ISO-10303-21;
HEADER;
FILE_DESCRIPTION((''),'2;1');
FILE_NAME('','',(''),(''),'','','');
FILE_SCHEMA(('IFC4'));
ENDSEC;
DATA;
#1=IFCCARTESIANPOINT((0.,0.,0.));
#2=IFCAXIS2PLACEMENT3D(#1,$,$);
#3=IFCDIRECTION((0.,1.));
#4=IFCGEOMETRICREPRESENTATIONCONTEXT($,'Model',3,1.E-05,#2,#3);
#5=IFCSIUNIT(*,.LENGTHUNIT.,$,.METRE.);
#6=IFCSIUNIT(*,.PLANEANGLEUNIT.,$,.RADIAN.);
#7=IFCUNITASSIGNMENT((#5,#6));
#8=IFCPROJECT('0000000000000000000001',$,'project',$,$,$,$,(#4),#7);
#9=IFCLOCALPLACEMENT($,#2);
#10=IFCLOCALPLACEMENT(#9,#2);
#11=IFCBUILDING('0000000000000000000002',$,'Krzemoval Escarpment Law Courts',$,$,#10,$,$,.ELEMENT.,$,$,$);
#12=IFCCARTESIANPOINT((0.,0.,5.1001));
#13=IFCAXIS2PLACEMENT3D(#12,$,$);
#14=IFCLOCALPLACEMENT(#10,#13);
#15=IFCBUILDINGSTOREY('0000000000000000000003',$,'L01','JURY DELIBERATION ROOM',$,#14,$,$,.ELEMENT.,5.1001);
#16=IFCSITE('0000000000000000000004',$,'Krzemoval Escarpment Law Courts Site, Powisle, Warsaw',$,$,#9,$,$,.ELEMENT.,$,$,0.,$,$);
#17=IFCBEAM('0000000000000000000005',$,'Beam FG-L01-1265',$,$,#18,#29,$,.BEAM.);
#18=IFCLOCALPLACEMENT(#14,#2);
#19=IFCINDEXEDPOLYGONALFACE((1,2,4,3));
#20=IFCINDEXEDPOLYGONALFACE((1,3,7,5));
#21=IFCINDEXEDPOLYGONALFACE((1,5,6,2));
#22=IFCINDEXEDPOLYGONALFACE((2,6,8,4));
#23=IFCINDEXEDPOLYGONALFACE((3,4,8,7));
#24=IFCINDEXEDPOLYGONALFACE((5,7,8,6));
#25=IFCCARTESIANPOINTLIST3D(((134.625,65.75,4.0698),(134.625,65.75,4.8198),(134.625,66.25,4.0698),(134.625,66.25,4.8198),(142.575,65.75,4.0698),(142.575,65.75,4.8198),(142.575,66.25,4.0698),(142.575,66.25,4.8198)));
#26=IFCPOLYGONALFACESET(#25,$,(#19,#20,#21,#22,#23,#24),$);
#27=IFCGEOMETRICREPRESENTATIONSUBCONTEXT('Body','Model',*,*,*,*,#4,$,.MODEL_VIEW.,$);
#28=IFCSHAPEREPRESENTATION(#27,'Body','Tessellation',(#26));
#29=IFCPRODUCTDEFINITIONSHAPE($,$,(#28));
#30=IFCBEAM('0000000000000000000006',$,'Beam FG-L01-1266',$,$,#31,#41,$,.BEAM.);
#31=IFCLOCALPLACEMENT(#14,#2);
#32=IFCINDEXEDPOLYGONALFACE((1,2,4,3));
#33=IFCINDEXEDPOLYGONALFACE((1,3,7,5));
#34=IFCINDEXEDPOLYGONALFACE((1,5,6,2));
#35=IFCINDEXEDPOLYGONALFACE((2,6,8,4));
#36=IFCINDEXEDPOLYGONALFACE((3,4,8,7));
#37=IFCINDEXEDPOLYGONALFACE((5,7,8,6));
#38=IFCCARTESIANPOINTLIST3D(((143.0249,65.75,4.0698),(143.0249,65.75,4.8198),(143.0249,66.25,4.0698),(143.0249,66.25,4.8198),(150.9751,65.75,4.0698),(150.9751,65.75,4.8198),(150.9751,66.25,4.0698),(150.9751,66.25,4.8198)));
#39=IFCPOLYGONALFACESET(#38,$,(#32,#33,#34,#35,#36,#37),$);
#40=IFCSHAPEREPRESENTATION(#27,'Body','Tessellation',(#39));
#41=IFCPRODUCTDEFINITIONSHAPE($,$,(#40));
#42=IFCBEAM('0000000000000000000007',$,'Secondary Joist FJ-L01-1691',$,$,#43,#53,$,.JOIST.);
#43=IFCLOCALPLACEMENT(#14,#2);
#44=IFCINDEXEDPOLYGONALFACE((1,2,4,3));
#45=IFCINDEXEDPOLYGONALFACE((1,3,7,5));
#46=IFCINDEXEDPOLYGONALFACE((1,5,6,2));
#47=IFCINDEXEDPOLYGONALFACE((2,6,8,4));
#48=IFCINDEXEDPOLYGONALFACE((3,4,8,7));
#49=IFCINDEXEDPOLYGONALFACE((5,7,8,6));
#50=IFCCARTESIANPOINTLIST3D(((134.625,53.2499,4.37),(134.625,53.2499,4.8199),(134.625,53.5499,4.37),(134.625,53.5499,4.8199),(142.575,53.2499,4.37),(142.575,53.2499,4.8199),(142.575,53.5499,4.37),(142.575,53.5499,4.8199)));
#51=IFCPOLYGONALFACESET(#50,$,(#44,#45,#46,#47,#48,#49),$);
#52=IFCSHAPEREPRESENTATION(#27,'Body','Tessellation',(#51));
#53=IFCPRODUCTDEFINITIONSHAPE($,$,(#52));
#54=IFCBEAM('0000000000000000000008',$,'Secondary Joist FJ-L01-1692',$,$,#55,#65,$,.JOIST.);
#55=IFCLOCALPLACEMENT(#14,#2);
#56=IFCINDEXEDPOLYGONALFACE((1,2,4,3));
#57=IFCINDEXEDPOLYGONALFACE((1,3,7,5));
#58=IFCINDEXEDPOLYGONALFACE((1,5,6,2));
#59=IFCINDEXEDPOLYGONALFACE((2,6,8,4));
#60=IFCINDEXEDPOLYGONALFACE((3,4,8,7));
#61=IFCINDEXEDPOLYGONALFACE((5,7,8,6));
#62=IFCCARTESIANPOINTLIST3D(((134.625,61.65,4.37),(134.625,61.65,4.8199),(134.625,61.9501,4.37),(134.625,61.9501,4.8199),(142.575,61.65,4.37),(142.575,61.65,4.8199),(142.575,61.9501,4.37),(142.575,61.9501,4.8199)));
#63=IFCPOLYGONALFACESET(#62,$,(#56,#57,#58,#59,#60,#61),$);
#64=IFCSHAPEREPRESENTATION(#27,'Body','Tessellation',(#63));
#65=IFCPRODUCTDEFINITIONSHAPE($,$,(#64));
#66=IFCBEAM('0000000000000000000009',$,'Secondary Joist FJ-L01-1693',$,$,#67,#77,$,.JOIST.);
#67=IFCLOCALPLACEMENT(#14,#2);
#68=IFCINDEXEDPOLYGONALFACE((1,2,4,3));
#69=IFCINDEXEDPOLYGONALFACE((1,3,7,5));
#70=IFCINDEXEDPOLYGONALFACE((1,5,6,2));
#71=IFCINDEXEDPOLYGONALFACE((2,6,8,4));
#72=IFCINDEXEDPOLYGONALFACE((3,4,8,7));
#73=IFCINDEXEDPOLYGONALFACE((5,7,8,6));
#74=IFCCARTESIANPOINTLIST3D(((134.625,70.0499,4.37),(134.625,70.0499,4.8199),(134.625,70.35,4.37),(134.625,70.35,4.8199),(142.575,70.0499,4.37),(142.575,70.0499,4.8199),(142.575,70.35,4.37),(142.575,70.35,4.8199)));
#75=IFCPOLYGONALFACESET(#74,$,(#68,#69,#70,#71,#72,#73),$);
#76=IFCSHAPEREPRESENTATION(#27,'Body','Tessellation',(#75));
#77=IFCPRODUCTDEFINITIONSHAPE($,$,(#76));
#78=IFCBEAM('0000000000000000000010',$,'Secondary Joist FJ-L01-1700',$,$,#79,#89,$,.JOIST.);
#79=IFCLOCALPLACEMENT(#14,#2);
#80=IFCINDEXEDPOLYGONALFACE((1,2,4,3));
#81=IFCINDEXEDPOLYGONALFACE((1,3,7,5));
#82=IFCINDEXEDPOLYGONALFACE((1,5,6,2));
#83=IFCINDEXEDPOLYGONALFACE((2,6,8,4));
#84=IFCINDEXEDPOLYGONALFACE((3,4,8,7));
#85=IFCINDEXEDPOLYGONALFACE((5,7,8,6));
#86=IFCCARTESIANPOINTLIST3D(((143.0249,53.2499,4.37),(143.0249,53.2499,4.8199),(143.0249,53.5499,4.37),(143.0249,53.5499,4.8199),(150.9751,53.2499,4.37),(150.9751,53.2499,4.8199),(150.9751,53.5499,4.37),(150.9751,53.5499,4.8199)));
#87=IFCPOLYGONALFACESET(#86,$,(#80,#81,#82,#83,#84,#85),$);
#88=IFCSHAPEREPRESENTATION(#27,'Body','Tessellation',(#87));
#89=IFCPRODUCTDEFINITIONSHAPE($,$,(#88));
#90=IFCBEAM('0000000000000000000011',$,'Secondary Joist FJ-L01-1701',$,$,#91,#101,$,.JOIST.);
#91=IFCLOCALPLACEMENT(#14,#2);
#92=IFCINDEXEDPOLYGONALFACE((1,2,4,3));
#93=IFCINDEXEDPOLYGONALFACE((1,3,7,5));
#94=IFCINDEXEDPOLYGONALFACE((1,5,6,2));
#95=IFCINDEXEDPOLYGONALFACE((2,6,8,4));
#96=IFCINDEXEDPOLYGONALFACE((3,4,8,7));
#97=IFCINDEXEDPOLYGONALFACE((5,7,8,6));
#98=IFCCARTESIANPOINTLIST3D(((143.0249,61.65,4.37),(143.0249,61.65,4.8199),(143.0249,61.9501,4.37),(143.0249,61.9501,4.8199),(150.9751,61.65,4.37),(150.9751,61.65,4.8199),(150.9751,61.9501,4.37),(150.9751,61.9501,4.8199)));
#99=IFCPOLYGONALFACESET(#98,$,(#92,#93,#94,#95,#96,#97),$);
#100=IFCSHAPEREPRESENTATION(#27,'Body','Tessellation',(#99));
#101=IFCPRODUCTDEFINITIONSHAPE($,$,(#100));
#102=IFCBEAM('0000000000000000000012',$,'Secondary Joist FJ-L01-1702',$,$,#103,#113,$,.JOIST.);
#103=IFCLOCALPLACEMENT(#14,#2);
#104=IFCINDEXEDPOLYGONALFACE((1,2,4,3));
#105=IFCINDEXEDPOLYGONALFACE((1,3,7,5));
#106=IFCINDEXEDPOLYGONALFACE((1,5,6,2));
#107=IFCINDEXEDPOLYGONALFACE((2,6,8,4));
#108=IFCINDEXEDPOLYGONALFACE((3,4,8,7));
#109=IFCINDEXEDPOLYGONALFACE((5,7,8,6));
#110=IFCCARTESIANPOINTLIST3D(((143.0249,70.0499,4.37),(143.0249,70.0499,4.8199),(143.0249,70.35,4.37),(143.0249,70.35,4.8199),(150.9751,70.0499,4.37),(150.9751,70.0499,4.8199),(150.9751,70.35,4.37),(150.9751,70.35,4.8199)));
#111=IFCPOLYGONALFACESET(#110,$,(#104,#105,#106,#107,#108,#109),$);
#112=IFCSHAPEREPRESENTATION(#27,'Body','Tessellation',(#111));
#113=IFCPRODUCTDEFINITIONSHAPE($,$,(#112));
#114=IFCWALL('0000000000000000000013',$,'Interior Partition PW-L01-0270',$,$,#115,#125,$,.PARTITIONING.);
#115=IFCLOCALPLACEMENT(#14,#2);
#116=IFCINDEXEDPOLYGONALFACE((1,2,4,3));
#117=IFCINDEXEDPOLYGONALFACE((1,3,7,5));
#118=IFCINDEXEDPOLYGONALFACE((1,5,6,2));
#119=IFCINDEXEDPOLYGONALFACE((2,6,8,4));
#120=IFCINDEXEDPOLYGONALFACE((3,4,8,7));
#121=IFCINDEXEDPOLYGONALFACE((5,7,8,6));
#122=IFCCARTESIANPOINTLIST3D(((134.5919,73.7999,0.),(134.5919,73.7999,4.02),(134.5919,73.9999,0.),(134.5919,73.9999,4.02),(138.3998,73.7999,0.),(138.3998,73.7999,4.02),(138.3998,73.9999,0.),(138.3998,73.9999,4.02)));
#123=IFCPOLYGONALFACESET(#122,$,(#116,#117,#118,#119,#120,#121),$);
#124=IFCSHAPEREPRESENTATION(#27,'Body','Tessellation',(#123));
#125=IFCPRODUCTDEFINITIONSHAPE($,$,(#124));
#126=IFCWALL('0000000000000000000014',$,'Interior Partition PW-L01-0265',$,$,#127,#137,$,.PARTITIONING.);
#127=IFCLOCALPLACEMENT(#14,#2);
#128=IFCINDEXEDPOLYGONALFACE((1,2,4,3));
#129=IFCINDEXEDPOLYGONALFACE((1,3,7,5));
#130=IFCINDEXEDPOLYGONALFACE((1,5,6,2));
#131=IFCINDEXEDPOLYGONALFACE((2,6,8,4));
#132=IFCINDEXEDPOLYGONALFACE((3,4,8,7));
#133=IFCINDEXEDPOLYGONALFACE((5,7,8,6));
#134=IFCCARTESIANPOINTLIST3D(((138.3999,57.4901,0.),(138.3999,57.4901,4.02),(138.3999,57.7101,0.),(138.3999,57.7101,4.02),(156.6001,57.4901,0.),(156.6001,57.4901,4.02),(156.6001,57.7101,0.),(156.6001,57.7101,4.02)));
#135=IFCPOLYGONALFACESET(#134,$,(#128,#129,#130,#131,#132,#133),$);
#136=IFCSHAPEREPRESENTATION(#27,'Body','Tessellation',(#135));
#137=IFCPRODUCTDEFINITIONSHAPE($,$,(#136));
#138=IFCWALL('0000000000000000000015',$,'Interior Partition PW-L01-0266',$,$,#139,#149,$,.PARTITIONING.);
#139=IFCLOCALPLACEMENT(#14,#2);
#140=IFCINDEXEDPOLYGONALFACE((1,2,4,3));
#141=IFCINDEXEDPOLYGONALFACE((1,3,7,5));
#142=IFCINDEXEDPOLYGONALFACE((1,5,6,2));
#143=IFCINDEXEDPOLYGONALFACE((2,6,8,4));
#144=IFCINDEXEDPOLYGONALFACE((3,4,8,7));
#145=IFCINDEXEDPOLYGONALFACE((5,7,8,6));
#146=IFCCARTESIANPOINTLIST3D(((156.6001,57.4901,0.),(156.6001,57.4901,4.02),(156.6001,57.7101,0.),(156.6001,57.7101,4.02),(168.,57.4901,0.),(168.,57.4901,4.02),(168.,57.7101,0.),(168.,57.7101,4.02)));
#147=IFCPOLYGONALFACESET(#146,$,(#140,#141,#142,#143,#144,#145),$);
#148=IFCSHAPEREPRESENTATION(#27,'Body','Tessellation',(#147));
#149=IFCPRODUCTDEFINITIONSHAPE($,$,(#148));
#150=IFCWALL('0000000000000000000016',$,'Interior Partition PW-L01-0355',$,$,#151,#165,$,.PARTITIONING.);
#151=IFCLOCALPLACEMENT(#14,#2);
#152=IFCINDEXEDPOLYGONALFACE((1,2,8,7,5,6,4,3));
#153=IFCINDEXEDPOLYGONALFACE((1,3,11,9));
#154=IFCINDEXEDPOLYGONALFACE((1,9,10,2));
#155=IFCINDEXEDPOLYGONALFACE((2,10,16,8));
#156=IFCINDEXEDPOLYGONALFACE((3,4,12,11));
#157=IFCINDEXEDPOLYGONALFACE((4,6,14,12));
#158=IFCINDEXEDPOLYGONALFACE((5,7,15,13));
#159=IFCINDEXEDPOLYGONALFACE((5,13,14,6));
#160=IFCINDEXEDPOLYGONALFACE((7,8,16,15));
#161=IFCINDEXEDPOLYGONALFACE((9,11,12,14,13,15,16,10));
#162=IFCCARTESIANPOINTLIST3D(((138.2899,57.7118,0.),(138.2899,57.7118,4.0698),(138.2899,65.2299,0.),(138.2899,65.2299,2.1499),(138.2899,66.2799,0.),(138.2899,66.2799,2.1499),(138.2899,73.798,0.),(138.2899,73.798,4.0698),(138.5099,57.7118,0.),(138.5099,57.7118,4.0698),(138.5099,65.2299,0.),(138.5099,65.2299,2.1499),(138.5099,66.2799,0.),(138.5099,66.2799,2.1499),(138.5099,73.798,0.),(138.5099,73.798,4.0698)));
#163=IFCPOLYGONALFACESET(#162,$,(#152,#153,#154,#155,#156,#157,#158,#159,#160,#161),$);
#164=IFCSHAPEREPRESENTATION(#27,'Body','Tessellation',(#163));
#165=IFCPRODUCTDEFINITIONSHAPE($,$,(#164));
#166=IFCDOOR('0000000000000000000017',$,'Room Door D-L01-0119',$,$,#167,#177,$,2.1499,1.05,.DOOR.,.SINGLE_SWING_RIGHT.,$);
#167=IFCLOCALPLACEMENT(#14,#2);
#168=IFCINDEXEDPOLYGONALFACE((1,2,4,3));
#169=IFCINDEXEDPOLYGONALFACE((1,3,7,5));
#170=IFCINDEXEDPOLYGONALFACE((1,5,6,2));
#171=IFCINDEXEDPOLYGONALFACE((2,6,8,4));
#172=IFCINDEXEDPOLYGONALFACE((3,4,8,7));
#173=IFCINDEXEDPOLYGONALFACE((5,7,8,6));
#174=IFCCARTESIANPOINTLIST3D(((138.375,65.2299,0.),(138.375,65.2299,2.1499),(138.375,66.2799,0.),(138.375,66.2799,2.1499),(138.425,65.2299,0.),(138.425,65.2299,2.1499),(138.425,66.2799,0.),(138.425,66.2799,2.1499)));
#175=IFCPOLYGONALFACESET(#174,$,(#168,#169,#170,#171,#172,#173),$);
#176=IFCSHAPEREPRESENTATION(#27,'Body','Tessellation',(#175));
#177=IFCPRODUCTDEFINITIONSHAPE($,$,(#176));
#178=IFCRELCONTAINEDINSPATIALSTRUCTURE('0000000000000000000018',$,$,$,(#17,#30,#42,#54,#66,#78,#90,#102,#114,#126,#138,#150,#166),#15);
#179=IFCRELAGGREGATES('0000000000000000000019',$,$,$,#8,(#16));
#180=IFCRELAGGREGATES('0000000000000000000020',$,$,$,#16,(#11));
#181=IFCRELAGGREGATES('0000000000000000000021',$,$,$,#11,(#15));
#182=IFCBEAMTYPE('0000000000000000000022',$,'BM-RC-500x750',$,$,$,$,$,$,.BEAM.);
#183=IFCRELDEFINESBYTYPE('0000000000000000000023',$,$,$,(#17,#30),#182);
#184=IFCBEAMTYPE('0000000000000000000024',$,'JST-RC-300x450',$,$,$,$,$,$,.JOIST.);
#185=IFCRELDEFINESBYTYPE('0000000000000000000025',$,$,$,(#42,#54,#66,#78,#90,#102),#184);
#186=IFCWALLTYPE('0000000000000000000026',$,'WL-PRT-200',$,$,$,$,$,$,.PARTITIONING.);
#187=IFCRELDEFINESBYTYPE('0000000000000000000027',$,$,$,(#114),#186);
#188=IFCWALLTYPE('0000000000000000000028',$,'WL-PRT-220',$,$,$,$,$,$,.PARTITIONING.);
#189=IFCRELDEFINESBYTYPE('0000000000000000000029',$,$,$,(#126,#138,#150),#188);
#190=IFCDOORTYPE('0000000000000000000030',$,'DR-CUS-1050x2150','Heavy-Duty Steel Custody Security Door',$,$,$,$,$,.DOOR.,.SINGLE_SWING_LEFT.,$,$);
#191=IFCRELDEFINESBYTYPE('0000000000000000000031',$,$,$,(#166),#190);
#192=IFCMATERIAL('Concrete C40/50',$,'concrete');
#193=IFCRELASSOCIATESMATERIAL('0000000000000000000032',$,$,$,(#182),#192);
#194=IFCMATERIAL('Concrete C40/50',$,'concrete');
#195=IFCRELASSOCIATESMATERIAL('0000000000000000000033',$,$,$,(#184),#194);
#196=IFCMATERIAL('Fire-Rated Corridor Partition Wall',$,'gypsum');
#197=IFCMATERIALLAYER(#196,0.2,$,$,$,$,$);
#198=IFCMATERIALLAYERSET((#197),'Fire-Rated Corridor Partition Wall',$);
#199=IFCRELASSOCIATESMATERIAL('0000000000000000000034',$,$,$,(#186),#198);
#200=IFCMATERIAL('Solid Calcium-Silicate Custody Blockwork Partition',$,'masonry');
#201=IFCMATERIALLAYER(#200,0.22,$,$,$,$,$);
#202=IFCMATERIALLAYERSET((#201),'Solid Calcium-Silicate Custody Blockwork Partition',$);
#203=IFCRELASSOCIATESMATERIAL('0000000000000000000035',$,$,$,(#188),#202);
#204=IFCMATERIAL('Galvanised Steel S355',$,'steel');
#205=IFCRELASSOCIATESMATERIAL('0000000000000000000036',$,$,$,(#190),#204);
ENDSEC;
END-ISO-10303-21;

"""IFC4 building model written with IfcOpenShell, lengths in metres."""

from ifc_helpers import new_model, si_unit, direction, frame, frame_2d, origin, origin_2d, place, context, subcontext, project, spatial, rectangle, extrude, material, layer, layer_set, material_profile, profile_set, type_object, element, fill, save


model = new_model("IFC4")

# Units and contexts
model_context = context("Model", 3, precision=1e-05, world=origin(), true_north=direction((0.0, 1.0)))
body_context = subcontext(model_context, "Body", "Model", "MODEL_VIEW")
ifc_project = project(units=[si_unit("LENGTHUNIT", "METRE"), si_unit("PLANEANGLEUNIT", "RADIAN")], contexts=[model_context])

# Site, building, storey
site_placement = place(None, origin())
site = spatial("IfcSite", under=ifc_project, at=site_placement, Name="Krzemoval Escarpment Law Courts Site, Powisle, Warsaw", CompositionType="ELEMENT", RefElevation=0.0)
building_placement = place(site_placement, origin())
building = spatial("IfcBuilding", under=site, at=building_placement, Name="Krzemoval Escarpment Law Courts", CompositionType="ELEMENT")
storey_placement = place(building_placement, frame((0.0, 0.0, 5.1001)))
storey = spatial("IfcBuildingStorey", under=building, at=storey_placement, Name="L01", Description="JURY DELIBERATION ROOM", CompositionType="ELEMENT", Elevation=5.1001)

# Beams
ifc_material_1 = material(Name="Concrete C40/50", Category="concrete")
ifc_material_profile_1 = material_profile(ifc_material_1, rectangle(XDim=0.5, YDim=0.75, at=origin_2d()), Name="RCB 500x750")
ifc_profile_set_1 = profile_set([ifc_material_profile_1], Name="Concrete C40/50")
beam_type_1 = type_object("IfcBeamType", Name="BM-RC-500x750", PredefinedType="BEAM", material=ifc_profile_set_1)
beam_1_placement = place(storey_placement, frame((134.625, 66.0, 4.4448), z_axis=(1.0, 0.0, 0.0), x_axis=(0.0, 1.0, 0.0)))
element("IfcBeam", 1, at=beam_1_placement, inside=storey, type_object=beam_type_1, Name="Beam FG-L01-1265", PredefinedType="BEAM", context=body_context, shape_type="SweptSolid", body=[
    extrude(rectangle(XDim=0.5, YDim=0.75, at=origin_2d()), origin(), (0.0, 0.0, 1.0), 7.95),
])
beam_2_placement = place(storey_placement, frame((143.0249, 66.0, 4.4448), z_axis=(1.0, 0.0, 0.0), x_axis=(0.0, 1.0, 0.0)))
element("IfcBeam", 2, at=beam_2_placement, inside=storey, type_object=beam_type_1, Name="Beam FG-L01-1266", PredefinedType="BEAM", context=body_context, shape_type="SweptSolid", body=[
    extrude(rectangle(XDim=0.5, YDim=0.75, at=origin_2d()), origin(), (0.0, 0.0, 1.0), 7.9502),
])
ifc_material_2 = material(Name="Concrete C40/50", Category="concrete")
ifc_material_profile_2 = material_profile(ifc_material_2, rectangle(XDim=0.3, YDim=0.45, at=origin_2d()), Name="RCB 300x450")
ifc_profile_set_2 = profile_set([ifc_material_profile_2], Name="Concrete C40/50")
beam_type_2 = type_object("IfcBeamType", Name="JST-RC-300x450", PredefinedType="JOIST", material=ifc_profile_set_2)
for number, where, z_axis, x_axis, name in (
    (3, (134.625, 53.3999, 4.595), (1.0, 0.0, 0.0), (0.0, 1.0, 0.0), "Secondary Joist FJ-L01-1691"),
    (4, (134.625, 61.8, 4.595), (1.0, 0.0, 0.0), (0.0, 1.0, 0.0), "Secondary Joist FJ-L01-1692"),
    (5, (134.625, 70.2, 4.595), (1.0, 0.0, 0.0), (0.0, 1.0, 0.0), "Secondary Joist FJ-L01-1693"),
):
    element("IfcBeam", number, at=place(storey_placement, frame(where, z_axis=z_axis, x_axis=x_axis)), inside=storey, type_object=beam_type_2, Name=name, PredefinedType="JOIST", context=body_context, shape_type="SweptSolid", body=[
        extrude(rectangle(XDim=0.3, YDim=0.45, at=origin_2d()), origin(), (0.0, 0.0, 1.0), 7.95),
    ])
for number, where, z_axis, x_axis, name in (
    (6, (143.0249, 53.3999, 4.595), (1.0, 0.0, 0.0), (0.0, 1.0, 0.0), "Secondary Joist FJ-L01-1700"),
    (7, (143.0249, 61.8, 4.595), (1.0, 0.0, 0.0), (0.0, 1.0, 0.0), "Secondary Joist FJ-L01-1701"),
    (8, (143.0249, 70.2, 4.595), (1.0, 0.0, 0.0), (0.0, 1.0, 0.0), "Secondary Joist FJ-L01-1702"),
):
    element("IfcBeam", number, at=place(storey_placement, frame(where, z_axis=z_axis, x_axis=x_axis)), inside=storey, type_object=beam_type_2, Name=name, PredefinedType="JOIST", context=body_context, shape_type="SweptSolid", body=[
        extrude(rectangle(XDim=0.3, YDim=0.45, at=origin_2d()), origin(), (0.0, 0.0, 1.0), 7.9502),
    ])

# Walls
ifc_material_3 = material(Name="Fire-Rated Corridor Partition Wall", Category="gypsum")
ifc_layer_1 = layer(ifc_material_3, 0.2)
ifc_layer_set_1 = layer_set([ifc_layer_1], Name="Fire-Rated Corridor Partition Wall")
wall_type_1 = type_object("IfcWallType", Name="WL-PRT-200", PredefinedType="PARTITIONING", material=ifc_layer_set_1)
wall_1_placement = place(storey_placement, frame((134.592, 73.8999, 0.0), z_axis=(0.0, 0.0, 1.0), x_axis=(1.0, 0.0, 0.0)))
element("IfcWall", 9, at=wall_1_placement, inside=storey, type_object=wall_type_1, Name="Interior Partition PW-L01-0270", PredefinedType="PARTITIONING", context=body_context, shape_type="SweptSolid", body=[
    extrude(rectangle(XDim=3.8079, YDim=0.2, at=frame_2d((1.9038, 0.0))), origin(), (0.0, 0.0, 1.0), 4.02),
])
ifc_material_4 = material(Name="Solid Calcium-Silicate Custody Blockwork Partition", Category="masonry")
ifc_layer_2 = layer(ifc_material_4, 0.22)
ifc_layer_set_2 = layer_set([ifc_layer_2], Name="Solid Calcium-Silicate Custody Blockwork Partition")
wall_type_2 = type_object("IfcWallType", Name="WL-PRT-220", PredefinedType="PARTITIONING", material=ifc_layer_set_2)
wall_2_placement = place(storey_placement, frame((138.3999, 57.6001, 0.0), z_axis=(0.0, 0.0, 1.0), x_axis=(1.0, 0.0, 0.0)))
element("IfcWall", 10, at=wall_2_placement, inside=storey, type_object=wall_type_2, Name="Interior Partition PW-L01-0265", PredefinedType="PARTITIONING", context=body_context, shape_type="SweptSolid", body=[
    extrude(rectangle(XDim=18.2002, YDim=0.22, at=frame_2d((9.1001, 0.0))), origin(), (0.0, 0.0, 1.0), 4.02),
])
wall_3_placement = place(storey_placement, frame((156.6001, 57.6001, 0.0), z_axis=(0.0, 0.0, 1.0), x_axis=(1.0, 0.0, 0.0)))
element("IfcWall", 11, at=wall_3_placement, inside=storey, type_object=wall_type_2, Name="Interior Partition PW-L01-0266", PredefinedType="PARTITIONING", context=body_context, shape_type="SweptSolid", body=[
    extrude(rectangle(XDim=11.3999, YDim=0.22, at=frame_2d((5.7, 0.0))), origin(), (0.0, 0.0, 1.0), 4.02),
])

# Wall, opening, door
wall_4_placement = place(storey_placement, frame((138.3999, 57.7119, 0.0), z_axis=(0.0, 0.0, 1.0), x_axis=(0.0, 1.0, 0.0)))
wall_4 = element("IfcWall", 12, at=wall_4_placement, inside=storey, type_object=wall_type_2, Name="Interior Partition PW-L01-0355", PredefinedType="PARTITIONING", context=body_context, shape_type="SweptSolid", body=[
    extrude(rectangle(XDim=16.0862, YDim=0.22, at=frame_2d((8.043, 0.0))), origin(), (0.0, 0.0, 1.0), 4.0698),
])
opening_placement = place(wall_4_placement, frame((7.5181, 0.0, 0.0)))
opening = element("IfcOpeningElement", 13, at=opening_placement, cuts=wall_4, PredefinedType="OPENING", context=body_context, shape_type="SweptSolid", body=[
    extrude(rectangle(XDim=1.05, YDim=2.1499, at=frame_2d((0.5249, 1.075))), frame((0.0, 0.125, 0.0), z_axis=(0.0, -1.0, 0.0), x_axis=(1.0, 0.0, 0.0)), (0.0, 0.0, 1.0), 0.25),
])
ifc_material_5 = material(Name="Galvanised Steel S355", Category="steel")
door_type = type_object("IfcDoorType", Name="DR-CUS-1050x2150", Description="Heavy-Duty Steel Custody Security Door", OperationType="SINGLE_SWING_LEFT", PredefinedType="DOOR", material=ifc_material_5)
door_placement = place(opening_placement, origin())
door = element("IfcDoor", 14, at=door_placement, inside=storey, type_object=door_type, Name="Room Door D-L01-0119", OperationType="SINGLE_SWING_RIGHT", OverallHeight=2.1499, OverallWidth=1.05, PredefinedType="DOOR", context=body_context, shape_type="SweptSolid", body=[
    extrude(rectangle(XDim=1.05, YDim=2.1499, at=frame_2d((0.5249, 1.075))), frame((0.0, 0.0249, 0.0), z_axis=(0.0, -1.0, 0.0), x_axis=(1.0, 0.0, 0.0)), (0.0, 0.0, 1.0), 0.05),
])
fill(opening, door)

save(model, "model.ifc")
